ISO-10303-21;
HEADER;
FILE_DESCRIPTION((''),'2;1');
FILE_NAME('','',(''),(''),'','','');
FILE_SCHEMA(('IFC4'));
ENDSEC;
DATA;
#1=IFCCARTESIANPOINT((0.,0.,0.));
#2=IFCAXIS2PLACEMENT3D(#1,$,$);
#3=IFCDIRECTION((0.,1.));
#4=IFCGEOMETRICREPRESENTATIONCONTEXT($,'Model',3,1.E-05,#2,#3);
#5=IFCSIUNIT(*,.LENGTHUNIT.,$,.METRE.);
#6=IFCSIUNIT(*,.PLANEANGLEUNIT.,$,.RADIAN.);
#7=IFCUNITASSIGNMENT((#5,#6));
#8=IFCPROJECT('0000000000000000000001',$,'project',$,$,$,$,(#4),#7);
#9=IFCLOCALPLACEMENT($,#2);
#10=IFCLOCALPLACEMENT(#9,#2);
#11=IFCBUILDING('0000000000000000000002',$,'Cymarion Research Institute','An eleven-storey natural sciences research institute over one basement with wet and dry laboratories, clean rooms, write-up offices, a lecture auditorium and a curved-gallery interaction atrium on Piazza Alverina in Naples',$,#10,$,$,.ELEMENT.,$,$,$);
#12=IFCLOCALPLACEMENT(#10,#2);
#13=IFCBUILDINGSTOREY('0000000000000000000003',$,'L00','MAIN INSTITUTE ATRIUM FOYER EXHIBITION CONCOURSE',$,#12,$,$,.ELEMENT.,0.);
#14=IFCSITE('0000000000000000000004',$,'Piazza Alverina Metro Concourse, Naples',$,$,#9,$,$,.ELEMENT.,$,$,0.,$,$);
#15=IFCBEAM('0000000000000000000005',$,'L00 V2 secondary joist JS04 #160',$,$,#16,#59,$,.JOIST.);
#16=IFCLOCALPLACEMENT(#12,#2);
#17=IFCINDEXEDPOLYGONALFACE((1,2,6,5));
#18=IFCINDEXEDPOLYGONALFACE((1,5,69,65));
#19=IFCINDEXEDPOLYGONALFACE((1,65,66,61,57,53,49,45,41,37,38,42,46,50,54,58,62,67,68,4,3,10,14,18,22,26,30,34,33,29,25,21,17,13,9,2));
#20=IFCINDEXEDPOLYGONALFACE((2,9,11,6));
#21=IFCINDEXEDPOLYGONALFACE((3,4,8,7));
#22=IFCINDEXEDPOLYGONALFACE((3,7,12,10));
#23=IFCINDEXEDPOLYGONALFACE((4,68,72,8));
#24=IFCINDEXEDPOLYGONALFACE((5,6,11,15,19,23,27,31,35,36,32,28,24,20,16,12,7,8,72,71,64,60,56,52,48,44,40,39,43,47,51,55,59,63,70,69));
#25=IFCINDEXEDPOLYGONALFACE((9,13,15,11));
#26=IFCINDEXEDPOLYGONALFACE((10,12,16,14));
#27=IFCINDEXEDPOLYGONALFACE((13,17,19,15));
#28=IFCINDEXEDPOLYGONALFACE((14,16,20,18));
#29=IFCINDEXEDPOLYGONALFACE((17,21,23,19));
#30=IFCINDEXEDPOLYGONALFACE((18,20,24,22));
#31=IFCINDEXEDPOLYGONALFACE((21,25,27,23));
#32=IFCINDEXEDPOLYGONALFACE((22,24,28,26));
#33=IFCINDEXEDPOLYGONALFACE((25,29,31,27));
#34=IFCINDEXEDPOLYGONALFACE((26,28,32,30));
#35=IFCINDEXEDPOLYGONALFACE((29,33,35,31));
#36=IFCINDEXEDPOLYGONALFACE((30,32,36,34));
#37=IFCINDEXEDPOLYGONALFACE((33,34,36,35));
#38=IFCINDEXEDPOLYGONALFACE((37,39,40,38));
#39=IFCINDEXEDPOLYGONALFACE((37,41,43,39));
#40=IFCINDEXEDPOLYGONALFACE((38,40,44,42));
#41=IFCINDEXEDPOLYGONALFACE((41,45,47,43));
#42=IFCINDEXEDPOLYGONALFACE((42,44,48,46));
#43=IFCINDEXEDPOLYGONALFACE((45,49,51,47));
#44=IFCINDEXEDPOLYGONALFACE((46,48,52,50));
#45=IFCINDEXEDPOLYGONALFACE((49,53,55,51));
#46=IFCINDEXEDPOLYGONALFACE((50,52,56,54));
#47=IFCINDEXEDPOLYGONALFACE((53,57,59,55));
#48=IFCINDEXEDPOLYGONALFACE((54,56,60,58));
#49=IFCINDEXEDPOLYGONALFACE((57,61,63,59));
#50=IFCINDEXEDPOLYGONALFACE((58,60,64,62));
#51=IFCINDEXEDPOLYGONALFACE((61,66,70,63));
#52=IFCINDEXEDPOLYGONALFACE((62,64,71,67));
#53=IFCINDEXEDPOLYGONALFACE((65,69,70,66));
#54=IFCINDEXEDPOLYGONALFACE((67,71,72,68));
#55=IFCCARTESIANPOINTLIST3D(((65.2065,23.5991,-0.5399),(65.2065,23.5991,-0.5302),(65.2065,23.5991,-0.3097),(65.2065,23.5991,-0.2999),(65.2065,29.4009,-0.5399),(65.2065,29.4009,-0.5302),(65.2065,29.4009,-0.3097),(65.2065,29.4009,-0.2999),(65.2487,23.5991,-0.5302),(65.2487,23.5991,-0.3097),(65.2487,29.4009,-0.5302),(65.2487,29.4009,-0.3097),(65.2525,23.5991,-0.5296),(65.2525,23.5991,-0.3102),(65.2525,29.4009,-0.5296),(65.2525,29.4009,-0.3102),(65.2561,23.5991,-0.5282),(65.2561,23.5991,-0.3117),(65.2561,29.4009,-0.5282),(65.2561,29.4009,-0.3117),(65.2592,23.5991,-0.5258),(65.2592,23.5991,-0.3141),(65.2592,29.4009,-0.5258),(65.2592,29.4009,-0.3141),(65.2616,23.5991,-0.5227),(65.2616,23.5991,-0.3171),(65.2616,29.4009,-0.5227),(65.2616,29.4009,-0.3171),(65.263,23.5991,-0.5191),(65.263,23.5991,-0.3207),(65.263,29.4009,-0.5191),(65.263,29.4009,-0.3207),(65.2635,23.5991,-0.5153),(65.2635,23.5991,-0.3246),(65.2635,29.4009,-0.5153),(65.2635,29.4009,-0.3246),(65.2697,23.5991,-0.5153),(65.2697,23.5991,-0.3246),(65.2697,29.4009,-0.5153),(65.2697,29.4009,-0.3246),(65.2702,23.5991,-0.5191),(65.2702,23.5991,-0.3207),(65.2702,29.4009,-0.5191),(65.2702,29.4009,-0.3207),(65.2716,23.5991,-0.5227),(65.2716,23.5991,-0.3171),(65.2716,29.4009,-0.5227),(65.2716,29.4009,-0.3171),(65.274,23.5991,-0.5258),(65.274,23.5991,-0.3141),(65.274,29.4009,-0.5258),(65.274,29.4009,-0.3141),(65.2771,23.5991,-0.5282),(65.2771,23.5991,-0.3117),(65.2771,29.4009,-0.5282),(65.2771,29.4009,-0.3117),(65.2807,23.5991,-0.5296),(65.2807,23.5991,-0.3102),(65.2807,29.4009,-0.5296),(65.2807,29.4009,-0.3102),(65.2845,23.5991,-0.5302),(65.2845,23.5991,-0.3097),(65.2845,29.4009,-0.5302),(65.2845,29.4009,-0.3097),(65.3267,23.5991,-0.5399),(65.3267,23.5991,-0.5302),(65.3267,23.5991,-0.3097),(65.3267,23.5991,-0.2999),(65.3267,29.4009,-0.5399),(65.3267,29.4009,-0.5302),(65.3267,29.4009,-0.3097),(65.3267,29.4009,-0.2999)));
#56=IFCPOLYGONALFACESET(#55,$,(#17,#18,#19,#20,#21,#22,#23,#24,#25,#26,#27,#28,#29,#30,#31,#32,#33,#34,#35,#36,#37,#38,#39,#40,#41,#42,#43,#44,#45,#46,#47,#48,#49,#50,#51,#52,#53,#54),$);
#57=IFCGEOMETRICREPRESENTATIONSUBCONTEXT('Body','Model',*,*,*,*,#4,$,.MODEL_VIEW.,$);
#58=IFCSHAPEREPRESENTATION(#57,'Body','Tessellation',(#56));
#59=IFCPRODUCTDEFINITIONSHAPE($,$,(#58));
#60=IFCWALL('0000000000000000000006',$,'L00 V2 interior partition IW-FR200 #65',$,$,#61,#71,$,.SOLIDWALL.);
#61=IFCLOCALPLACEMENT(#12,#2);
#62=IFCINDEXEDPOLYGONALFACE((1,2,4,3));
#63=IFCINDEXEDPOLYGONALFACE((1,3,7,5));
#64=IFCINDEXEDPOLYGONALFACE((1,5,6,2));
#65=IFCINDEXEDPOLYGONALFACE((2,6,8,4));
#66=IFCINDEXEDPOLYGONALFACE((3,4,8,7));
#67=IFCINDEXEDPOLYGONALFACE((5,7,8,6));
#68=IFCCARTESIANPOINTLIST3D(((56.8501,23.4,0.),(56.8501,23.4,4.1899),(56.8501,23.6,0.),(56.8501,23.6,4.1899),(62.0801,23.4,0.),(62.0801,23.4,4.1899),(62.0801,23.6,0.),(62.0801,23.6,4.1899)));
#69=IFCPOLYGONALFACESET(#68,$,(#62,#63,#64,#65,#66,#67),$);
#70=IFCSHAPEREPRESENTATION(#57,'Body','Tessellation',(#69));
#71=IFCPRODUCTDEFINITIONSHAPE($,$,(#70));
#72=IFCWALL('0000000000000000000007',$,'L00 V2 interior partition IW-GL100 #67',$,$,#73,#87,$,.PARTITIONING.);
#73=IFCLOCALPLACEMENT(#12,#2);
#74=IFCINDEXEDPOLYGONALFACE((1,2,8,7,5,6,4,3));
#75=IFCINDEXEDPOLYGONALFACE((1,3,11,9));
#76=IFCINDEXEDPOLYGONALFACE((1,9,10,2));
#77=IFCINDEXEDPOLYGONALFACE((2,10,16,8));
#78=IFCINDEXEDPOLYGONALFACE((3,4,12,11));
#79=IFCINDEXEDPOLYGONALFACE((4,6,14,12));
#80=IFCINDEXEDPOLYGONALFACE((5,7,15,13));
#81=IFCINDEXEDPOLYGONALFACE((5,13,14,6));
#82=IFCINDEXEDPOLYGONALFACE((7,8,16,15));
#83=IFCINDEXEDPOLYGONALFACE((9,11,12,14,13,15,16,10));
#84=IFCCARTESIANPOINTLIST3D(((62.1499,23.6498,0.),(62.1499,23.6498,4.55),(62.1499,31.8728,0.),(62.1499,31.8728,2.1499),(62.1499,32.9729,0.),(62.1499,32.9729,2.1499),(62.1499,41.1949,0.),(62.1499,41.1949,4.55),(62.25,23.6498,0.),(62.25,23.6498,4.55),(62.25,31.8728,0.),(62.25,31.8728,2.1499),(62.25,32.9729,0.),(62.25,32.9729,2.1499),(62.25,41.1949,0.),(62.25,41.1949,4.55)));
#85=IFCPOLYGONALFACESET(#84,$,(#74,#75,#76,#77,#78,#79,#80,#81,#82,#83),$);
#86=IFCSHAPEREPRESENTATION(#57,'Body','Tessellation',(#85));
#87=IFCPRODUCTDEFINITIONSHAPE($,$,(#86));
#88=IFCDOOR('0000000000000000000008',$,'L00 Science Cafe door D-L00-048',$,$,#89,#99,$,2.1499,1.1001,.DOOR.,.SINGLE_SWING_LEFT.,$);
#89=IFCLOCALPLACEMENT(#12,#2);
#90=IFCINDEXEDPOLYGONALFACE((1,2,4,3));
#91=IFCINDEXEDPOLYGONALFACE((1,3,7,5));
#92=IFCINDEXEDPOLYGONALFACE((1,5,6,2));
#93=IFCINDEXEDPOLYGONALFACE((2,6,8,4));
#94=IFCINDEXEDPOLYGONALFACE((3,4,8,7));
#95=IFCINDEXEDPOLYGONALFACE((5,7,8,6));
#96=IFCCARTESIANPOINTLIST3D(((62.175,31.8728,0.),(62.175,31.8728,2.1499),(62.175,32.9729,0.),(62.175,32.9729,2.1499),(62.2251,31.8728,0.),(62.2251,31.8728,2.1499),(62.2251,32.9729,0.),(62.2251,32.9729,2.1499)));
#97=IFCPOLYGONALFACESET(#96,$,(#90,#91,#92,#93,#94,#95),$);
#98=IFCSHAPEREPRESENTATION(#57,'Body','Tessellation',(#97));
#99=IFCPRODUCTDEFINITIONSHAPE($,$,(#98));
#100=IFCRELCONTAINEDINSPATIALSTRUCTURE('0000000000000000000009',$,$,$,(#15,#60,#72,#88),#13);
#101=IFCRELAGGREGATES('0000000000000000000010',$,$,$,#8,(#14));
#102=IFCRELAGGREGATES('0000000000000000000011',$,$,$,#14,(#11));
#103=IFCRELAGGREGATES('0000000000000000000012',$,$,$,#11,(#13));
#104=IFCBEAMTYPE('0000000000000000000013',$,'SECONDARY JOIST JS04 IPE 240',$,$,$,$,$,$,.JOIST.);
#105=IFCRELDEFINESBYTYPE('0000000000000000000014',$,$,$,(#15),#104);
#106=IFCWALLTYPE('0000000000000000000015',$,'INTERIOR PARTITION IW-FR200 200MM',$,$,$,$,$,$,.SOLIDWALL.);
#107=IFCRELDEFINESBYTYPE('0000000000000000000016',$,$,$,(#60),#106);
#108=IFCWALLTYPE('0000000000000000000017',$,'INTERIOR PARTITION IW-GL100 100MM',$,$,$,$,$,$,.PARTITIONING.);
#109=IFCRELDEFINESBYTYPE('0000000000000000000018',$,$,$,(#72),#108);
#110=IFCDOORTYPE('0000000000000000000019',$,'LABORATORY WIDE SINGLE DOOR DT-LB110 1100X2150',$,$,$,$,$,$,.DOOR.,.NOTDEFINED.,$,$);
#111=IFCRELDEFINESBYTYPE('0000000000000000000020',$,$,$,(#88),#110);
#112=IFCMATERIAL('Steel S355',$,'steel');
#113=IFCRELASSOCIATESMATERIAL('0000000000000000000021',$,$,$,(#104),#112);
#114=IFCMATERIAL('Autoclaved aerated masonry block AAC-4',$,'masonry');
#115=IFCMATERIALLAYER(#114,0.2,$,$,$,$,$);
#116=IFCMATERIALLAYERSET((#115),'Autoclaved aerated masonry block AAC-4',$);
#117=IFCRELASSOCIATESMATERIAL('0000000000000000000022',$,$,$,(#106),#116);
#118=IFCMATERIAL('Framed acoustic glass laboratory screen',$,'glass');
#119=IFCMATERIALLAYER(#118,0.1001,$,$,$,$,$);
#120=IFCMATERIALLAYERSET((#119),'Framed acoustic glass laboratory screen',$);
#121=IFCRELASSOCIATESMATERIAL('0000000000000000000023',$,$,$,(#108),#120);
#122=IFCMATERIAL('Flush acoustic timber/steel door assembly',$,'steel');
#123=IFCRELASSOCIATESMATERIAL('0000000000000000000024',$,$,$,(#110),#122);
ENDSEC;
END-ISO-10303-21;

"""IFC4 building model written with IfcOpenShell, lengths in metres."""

from ifc_helpers import new_model, si_unit, direction, frame, frame_2d, origin, origin_2d, place, context, subcontext, project, spatial, rectangle, i_section, extrude, material, layer, layer_set, material_profile, profile_set, type_object, element, fill, save


model = new_model("IFC4")

# Units and contexts
model_context = context("Model", 3, precision=1e-05, world=origin(), true_north=direction((0.0, 1.0)))
body_context = subcontext(model_context, "Body", "Model", "MODEL_VIEW")
ifc_project = project(units=[si_unit("LENGTHUNIT", "METRE"), si_unit("PLANEANGLEUNIT", "RADIAN")], contexts=[model_context])

# Site, building, storey
site_placement = place(None, origin())
site = spatial("IfcSite", under=ifc_project, at=site_placement, Name="Piazza Alverina Metro Concourse, Naples", CompositionType="ELEMENT", RefElevation=0.0)
building_placement = place(site_placement, origin())
building = spatial("IfcBuilding", under=site, at=building_placement, Name="Cymarion Research Institute", Description="An eleven-storey natural sciences research institute over one basement with wet and dry laboratories, clean rooms, write-up offices, a lecture auditorium and a curved-gallery interaction atrium on Piazza Alverina in Naples", CompositionType="ELEMENT")
storey_placement = place(building_placement, origin())
storey = spatial("IfcBuildingStorey", under=building, at=storey_placement, Name="L00", Description="MAIN INSTITUTE ATRIUM FOYER EXHIBITION CONCOURSE", CompositionType="ELEMENT", Elevation=0.0)

# Shared definitions
ifc_material_1 = material(Name="Steel S355", Category="steel")

# Beam
ifc_material_profile_1 = material_profile(ifc_material_1, i_section(OverallWidth=0.1201, OverallDepth=0.24, WebThickness=0.0061, FlangeThickness=0.0098, FilletRadius=0.0149, at=origin_2d()), Name="IPE 240")
ifc_profile_set_1 = profile_set([ifc_material_profile_1], Name="Steel S355")
beam_type_1 = type_object("IfcBeamType", Name="SECONDARY JOIST JS04 IPE 240", PredefinedType="JOIST", material=ifc_profile_set_1)
beam_1_placement = place(storey_placement, frame((65.2666, 23.5991, -0.4199), z_axis=(0.0, 1.0, 0.0), x_axis=(-1.0, 0.0, 0.0)))
element("IfcBeam", 1, at=beam_1_placement, inside=storey, type_object=beam_type_1, Name="L00 V2 secondary joist JS04 #160", PredefinedType="JOIST", context=body_context, shape_type="SweptSolid", body=[
    extrude(i_section(OverallWidth=0.1201, OverallDepth=0.24, WebThickness=0.0061, FlangeThickness=0.0098, FilletRadius=0.0149, at=origin_2d()), origin(), (0.0, 0.0, 1.0), 5.8018),
])

# Wall
ifc_material_2 = material(Name="Autoclaved aerated masonry block AAC-4", Category="masonry")
ifc_layer_1 = layer(ifc_material_2, 0.2)
ifc_layer_set_1 = layer_set([ifc_layer_1], Name="Autoclaved aerated masonry block AAC-4")
wall_type_1 = type_object("IfcWallType", Name="INTERIOR PARTITION IW-FR200 200MM", PredefinedType="SOLIDWALL", material=ifc_layer_set_1)
wall_1_placement = place(storey_placement, frame((56.8501, 23.5, 0.0), z_axis=(0.0, 0.0, 1.0), x_axis=(1.0, 0.0, 0.0)))
element("IfcWall", 2, at=wall_1_placement, inside=storey, type_object=wall_type_1, Name="L00 V2 interior partition IW-FR200 #65", PredefinedType="SOLIDWALL", context=body_context, shape_type="SweptSolid", body=[
    extrude(rectangle(XDim=5.23, YDim=0.2, at=frame_2d((2.615, 0.0))), origin(), (0.0, 0.0, 1.0), 4.1899),
])

# Wall, opening, door
ifc_material_3 = material(Name="Framed acoustic glass laboratory screen", Category="glass")
ifc_layer_2 = layer(ifc_material_3, 0.1001)
ifc_layer_set_2 = layer_set([ifc_layer_2], Name="Framed acoustic glass laboratory screen")
wall_type_2 = type_object("IfcWallType", Name="INTERIOR PARTITION IW-GL100 100MM", PredefinedType="PARTITIONING", material=ifc_layer_set_2)
wall_2_placement = place(storey_placement, frame((62.2, 23.6499, 0.0), z_axis=(0.0, 0.0, 1.0), x_axis=(0.0, 1.0, 0.0)))
wall_2 = element("IfcWall", 3, at=wall_2_placement, inside=storey, type_object=wall_type_2, Name="L00 V2 interior partition IW-GL100 #67", PredefinedType="PARTITIONING", context=body_context, shape_type="SweptSolid", body=[
    extrude(rectangle(XDim=17.5452, YDim=0.1001, at=frame_2d((8.7725, 0.0))), origin(), (0.0, 0.0, 1.0), 4.55),
])
opening_placement = place(wall_2_placement, frame((8.2229, 0.0, 0.0)))
opening = element("IfcOpeningElement", 4, at=opening_placement, cuts=wall_2, PredefinedType="OPENING", context=body_context, shape_type="SweptSolid", body=[
    extrude(rectangle(XDim=1.1001, YDim=2.1499, at=frame_2d((0.55, 1.075))), frame((0.0, 0.0601, 0.0), z_axis=(0.0, -1.0, 0.0), x_axis=(1.0, 0.0, 0.0)), (0.0, 0.0, 1.0), 0.1201),
])
ifc_material_4 = material(Name="Flush acoustic timber/steel door assembly", Category="steel")
door_type = type_object("IfcDoorType", Name="LABORATORY WIDE SINGLE DOOR DT-LB110 1100X2150", OperationType="NOTDEFINED", PredefinedType="DOOR", material=ifc_material_4)
door_placement = place(opening_placement, origin())
door = element("IfcDoor", 5, at=door_placement, inside=storey, type_object=door_type, Name="L00 Science Cafe door D-L00-048", OperationType="SINGLE_SWING_LEFT", OverallHeight=2.1499, OverallWidth=1.1001, PredefinedType="DOOR", context=body_context, shape_type="SweptSolid", body=[
    extrude(rectangle(XDim=1.1001, YDim=2.1499, at=frame_2d((0.55, 1.075))), frame((0.0, 0.0249, 0.0), z_axis=(0.0, -1.0, 0.0), x_axis=(1.0, 0.0, 0.0)), (0.0, 0.0, 1.0), 0.05),
])
fill(opening, door)

save(model, "model.ifc")
